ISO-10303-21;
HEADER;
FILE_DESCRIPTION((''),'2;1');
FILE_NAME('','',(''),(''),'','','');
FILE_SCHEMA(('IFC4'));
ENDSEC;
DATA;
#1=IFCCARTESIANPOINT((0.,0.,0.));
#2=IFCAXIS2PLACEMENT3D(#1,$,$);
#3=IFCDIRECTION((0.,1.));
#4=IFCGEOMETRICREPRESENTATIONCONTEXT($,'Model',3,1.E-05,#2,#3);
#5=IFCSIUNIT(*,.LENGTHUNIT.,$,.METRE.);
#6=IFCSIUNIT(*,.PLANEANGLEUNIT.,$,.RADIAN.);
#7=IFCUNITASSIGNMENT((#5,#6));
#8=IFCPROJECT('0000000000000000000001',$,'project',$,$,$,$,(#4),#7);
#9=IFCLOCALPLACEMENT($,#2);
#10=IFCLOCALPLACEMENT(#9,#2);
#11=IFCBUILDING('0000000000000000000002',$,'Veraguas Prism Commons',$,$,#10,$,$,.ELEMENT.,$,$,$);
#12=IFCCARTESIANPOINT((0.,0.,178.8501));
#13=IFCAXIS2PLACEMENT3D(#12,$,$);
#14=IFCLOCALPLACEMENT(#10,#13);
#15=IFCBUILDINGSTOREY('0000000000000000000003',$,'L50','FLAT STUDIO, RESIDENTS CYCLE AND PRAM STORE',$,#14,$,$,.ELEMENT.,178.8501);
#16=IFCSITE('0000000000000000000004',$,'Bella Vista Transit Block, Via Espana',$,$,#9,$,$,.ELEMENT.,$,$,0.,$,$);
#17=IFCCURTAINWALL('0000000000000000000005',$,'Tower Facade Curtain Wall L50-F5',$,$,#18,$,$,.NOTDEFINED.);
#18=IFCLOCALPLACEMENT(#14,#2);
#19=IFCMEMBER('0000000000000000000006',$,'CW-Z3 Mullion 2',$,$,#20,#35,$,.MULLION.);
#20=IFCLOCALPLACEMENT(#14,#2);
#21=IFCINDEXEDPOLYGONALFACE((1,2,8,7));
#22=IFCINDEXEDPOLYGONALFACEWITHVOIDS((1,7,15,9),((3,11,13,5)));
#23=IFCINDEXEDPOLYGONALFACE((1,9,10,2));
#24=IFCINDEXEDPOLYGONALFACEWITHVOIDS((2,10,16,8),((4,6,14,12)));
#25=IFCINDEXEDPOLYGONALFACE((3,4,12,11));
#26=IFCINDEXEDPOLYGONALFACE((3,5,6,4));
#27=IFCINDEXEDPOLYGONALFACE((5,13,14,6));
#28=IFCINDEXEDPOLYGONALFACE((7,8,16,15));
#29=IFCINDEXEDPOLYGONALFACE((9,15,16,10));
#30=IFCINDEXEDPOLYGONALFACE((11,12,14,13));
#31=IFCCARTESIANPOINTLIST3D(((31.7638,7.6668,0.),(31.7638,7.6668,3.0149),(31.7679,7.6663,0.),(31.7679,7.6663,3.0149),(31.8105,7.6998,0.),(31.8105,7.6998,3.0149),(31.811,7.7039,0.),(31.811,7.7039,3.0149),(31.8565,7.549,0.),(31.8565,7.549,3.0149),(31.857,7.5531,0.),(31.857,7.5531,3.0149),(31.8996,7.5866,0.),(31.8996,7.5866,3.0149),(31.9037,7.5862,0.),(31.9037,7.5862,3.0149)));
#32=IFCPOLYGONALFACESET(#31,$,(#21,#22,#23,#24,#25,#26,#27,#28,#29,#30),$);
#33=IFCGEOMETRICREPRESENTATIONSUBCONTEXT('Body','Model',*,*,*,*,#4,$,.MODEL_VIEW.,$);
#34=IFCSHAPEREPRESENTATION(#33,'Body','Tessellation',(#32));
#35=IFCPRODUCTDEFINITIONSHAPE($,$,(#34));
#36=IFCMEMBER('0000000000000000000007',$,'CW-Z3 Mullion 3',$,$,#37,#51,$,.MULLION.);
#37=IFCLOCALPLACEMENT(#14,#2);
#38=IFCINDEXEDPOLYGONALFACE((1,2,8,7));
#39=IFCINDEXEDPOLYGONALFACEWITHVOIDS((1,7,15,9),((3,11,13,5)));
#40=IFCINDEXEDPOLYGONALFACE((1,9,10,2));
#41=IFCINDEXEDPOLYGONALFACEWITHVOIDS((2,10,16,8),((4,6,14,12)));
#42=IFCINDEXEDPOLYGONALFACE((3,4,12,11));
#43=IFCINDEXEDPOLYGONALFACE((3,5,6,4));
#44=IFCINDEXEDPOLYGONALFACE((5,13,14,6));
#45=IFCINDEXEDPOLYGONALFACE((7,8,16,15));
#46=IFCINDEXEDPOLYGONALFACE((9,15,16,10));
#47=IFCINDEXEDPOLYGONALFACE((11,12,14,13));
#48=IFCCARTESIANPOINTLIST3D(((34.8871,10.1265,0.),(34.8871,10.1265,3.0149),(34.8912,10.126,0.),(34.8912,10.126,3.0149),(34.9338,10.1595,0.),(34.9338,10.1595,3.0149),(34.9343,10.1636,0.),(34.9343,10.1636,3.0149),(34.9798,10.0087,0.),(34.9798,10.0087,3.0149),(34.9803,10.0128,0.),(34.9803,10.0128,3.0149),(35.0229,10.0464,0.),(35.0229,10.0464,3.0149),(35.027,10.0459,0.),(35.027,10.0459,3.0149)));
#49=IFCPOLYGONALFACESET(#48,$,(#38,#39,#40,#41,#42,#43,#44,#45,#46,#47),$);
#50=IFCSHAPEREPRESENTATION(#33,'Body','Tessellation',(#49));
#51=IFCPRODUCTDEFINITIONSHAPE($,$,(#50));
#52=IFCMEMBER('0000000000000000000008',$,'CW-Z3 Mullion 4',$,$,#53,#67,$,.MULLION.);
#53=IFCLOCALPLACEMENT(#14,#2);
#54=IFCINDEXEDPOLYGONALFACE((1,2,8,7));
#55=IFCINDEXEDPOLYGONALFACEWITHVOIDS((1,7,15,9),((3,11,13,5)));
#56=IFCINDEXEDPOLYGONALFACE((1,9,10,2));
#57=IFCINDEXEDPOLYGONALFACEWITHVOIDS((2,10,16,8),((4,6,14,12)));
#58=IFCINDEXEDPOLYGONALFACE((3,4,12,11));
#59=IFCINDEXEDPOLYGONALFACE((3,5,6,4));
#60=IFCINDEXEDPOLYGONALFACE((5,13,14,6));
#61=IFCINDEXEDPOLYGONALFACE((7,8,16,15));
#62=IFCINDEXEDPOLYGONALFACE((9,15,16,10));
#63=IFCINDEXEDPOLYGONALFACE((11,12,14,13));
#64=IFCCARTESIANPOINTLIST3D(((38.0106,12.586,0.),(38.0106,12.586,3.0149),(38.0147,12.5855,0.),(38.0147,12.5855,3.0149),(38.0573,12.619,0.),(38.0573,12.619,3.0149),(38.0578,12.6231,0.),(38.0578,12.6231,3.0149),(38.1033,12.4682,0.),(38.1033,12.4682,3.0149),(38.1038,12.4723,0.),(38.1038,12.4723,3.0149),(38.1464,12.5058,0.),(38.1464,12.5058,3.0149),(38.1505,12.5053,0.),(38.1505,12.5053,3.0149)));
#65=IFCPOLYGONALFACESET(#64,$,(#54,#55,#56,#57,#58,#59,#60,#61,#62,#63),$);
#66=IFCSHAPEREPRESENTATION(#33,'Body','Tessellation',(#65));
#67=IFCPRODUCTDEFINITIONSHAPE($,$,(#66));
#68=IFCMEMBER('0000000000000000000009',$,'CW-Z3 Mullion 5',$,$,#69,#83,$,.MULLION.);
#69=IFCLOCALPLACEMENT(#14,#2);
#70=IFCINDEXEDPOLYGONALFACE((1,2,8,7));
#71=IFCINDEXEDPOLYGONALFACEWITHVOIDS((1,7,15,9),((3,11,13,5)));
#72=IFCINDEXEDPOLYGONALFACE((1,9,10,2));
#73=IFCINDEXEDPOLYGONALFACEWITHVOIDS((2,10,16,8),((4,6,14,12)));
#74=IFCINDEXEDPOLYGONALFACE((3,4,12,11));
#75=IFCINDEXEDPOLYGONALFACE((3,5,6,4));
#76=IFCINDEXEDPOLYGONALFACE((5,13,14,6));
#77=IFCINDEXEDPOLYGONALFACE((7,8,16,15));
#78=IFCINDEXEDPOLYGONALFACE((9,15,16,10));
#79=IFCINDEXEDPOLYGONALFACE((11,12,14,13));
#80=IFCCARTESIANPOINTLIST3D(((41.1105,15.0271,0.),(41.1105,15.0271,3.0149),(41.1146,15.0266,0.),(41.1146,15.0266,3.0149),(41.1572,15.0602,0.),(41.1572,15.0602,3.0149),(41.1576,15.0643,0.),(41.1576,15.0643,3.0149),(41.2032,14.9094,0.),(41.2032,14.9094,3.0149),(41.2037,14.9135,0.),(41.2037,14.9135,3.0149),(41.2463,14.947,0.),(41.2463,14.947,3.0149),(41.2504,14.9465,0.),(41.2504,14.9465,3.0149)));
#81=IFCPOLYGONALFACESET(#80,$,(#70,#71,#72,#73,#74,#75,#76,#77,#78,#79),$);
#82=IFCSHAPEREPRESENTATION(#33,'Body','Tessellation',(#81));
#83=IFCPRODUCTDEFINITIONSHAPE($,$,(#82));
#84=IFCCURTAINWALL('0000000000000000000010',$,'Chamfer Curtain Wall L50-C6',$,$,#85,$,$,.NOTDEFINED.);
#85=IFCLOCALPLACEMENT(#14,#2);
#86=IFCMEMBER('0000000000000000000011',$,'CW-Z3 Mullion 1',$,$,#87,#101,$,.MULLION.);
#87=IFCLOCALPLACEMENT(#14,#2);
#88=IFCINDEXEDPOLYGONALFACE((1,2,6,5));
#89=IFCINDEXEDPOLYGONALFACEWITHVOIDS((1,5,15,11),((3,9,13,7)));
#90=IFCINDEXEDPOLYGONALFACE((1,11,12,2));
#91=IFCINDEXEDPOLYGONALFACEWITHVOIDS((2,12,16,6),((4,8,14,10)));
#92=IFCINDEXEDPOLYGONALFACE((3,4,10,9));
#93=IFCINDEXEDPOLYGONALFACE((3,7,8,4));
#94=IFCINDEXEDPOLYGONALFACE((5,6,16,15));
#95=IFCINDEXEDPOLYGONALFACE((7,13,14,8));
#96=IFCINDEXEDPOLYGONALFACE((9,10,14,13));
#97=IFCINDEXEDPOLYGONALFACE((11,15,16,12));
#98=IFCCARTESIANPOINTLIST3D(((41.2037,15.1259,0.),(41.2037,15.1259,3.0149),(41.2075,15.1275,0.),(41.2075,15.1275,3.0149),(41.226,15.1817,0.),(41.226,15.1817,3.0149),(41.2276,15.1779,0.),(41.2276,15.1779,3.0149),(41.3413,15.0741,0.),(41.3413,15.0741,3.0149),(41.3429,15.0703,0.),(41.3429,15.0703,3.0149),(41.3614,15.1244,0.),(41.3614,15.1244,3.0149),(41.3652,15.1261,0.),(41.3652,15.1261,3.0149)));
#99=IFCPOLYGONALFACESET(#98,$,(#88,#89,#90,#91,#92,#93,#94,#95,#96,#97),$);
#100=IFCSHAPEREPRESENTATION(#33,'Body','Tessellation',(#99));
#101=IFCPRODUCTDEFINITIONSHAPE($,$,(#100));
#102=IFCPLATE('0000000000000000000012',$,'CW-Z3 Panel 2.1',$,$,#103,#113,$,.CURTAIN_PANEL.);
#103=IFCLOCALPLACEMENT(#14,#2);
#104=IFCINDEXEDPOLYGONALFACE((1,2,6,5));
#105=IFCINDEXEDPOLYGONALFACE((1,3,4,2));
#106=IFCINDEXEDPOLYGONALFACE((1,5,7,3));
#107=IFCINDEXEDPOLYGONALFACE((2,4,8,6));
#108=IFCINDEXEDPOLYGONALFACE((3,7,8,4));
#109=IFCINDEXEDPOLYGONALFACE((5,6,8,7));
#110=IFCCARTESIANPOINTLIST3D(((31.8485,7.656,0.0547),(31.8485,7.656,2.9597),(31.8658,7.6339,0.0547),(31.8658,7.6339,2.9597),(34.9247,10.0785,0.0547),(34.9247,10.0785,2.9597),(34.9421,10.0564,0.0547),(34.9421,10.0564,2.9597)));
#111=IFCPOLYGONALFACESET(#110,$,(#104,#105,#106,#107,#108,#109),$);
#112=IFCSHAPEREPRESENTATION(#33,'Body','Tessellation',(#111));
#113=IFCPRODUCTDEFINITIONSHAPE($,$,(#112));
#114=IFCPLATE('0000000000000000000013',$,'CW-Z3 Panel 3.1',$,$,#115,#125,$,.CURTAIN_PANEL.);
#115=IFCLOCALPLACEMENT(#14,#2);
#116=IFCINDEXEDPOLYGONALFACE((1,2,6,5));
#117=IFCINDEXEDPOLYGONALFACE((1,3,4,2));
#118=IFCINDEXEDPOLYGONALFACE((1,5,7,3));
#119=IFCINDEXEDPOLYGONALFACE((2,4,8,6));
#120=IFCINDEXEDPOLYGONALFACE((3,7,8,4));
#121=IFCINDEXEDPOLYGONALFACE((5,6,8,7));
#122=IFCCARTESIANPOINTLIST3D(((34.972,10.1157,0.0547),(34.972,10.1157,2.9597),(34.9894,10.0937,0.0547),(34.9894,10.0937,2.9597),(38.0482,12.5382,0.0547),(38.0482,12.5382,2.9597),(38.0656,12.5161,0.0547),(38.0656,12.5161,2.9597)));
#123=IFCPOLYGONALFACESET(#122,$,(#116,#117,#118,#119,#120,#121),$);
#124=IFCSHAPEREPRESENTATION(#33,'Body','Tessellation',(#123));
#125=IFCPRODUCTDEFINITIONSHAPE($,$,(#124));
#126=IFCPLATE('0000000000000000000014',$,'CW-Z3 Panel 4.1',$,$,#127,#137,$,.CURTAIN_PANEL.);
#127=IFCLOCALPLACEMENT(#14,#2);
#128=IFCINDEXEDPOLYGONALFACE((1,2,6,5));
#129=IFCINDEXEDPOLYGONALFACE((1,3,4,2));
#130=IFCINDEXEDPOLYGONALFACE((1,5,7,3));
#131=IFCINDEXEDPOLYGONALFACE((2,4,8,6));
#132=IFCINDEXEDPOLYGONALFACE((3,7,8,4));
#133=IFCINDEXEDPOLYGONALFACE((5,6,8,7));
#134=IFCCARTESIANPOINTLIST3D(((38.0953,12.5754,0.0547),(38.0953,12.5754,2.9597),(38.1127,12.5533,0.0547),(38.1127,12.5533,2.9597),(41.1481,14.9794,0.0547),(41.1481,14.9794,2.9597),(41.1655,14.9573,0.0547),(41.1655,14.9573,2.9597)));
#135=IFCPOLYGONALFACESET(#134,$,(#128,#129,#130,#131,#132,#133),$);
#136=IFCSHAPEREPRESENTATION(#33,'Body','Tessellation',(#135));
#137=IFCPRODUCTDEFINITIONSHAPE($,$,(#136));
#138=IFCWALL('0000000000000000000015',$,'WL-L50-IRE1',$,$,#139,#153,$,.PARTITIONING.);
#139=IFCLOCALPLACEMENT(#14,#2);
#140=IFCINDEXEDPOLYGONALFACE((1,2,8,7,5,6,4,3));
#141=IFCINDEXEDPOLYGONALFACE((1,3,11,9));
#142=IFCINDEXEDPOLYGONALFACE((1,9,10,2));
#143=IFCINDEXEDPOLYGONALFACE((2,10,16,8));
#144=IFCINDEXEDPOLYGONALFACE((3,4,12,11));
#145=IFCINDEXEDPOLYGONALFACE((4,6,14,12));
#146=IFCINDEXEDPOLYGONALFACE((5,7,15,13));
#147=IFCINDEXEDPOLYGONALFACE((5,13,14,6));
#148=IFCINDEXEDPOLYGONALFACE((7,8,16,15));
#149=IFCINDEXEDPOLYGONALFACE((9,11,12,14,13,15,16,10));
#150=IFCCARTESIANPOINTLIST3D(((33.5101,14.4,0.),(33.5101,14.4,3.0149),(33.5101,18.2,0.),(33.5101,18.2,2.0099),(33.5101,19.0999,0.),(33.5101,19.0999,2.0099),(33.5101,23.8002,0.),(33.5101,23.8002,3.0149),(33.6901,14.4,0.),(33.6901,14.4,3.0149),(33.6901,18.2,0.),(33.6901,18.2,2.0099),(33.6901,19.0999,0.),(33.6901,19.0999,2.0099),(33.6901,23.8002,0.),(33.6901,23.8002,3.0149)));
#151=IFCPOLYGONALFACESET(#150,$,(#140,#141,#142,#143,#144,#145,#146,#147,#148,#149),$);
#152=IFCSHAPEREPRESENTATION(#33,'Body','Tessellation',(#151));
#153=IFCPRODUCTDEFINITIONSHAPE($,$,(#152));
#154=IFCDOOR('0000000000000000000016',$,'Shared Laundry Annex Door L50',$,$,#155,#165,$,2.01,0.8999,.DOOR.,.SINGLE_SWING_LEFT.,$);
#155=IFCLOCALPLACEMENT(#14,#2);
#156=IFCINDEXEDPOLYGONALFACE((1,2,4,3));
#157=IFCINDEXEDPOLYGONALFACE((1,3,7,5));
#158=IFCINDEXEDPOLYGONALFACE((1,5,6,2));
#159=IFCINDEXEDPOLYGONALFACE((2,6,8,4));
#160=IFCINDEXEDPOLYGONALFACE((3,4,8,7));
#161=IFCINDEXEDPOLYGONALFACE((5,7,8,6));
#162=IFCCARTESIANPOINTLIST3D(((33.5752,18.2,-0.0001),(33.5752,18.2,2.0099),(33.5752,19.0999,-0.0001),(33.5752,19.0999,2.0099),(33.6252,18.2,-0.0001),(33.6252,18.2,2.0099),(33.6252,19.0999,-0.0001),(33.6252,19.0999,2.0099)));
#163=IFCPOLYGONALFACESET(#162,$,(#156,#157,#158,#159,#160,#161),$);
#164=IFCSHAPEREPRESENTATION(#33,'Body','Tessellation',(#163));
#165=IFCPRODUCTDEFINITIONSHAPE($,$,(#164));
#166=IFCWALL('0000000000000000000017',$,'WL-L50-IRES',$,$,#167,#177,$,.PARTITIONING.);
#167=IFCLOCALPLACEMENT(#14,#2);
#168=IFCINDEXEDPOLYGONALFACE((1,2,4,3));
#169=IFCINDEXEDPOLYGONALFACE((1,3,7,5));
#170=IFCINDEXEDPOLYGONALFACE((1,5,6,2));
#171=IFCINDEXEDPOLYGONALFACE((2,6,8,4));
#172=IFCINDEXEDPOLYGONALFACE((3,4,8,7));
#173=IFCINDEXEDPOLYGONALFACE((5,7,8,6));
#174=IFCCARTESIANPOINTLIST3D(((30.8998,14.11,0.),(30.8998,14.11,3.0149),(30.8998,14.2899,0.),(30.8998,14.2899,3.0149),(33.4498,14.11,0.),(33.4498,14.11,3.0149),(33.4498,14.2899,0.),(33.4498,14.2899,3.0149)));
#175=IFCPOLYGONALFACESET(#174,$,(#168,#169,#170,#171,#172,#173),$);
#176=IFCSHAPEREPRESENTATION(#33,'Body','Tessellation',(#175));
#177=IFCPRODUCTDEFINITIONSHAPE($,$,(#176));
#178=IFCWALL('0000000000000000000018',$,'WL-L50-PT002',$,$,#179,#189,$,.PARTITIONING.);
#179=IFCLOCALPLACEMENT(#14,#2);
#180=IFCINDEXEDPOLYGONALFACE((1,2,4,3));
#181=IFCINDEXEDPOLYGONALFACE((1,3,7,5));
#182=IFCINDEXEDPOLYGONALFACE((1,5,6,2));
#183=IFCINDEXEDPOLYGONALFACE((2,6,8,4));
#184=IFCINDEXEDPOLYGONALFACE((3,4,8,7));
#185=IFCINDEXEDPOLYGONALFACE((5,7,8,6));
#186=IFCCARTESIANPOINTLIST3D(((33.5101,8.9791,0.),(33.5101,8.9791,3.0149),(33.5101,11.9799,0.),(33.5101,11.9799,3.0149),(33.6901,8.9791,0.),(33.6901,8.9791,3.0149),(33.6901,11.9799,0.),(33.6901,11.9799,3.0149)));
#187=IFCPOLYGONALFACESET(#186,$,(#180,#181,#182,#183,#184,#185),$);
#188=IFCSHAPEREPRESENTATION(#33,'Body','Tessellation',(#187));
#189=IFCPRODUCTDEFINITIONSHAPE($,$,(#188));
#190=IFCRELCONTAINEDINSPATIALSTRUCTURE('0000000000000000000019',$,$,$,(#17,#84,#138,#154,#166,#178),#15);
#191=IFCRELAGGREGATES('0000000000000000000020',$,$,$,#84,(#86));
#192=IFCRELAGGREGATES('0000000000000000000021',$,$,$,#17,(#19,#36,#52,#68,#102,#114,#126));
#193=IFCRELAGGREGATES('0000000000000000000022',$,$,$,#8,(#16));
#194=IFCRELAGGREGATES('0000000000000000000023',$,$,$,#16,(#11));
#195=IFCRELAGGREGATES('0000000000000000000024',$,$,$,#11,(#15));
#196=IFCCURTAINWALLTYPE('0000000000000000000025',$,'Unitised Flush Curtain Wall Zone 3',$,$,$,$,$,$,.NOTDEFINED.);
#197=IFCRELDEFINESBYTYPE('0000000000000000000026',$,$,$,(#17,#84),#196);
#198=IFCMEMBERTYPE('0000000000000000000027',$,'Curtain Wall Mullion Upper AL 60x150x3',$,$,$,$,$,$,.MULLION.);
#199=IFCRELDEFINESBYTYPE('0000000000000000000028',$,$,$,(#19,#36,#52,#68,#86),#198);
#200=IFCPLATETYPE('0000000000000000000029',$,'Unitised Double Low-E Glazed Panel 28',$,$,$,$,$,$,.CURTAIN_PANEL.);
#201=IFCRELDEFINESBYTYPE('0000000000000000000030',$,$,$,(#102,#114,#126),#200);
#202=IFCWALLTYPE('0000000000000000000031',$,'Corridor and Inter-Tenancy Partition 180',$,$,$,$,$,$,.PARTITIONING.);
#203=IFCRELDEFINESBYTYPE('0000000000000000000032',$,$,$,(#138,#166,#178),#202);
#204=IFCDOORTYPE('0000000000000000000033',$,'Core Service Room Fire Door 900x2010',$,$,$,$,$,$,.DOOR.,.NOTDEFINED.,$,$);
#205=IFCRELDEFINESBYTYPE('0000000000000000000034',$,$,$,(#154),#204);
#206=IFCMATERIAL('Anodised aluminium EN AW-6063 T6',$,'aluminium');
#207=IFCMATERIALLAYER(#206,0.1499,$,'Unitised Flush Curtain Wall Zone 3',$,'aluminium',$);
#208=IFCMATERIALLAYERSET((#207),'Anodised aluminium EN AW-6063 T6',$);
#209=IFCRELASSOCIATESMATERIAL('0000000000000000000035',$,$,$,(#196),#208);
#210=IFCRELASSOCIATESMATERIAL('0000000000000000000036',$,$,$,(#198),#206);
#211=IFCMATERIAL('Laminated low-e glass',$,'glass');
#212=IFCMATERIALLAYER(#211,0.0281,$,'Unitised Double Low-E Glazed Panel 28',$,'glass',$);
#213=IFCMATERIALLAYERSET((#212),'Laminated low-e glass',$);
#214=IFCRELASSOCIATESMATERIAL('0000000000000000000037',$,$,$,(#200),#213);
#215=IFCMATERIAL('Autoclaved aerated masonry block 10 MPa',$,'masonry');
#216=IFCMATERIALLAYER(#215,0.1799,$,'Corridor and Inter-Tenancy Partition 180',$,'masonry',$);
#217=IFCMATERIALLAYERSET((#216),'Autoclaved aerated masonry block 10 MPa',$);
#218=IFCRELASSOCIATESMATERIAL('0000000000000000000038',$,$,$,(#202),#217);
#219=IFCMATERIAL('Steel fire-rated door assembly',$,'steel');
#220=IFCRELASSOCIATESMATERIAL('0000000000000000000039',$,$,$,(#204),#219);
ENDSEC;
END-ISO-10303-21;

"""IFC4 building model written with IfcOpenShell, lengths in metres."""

from ifc_helpers import new_model, si_unit, direction, frame, frame_2d, origin, origin_2d, place, context, subcontext, project, spatial, rectangle, hollow_rectangle, extrude, source, transform, mapped, material, layer, layer_set, material_profile, profile_set, type_object, element, fill, aggregate, save


model = new_model("IFC4")

# Units and contexts
model_context = context("Model", 3, precision=1e-05, world=origin(), true_north=direction((0.0, 1.0)))
body_context = subcontext(model_context, "Body", "Model", "MODEL_VIEW")
ifc_project = project(units=[si_unit("LENGTHUNIT", "METRE"), si_unit("PLANEANGLEUNIT", "RADIAN")], contexts=[model_context])

# Site, building, storey
site_placement = place(None, origin())
site = spatial("IfcSite", under=ifc_project, at=site_placement, Name="Bella Vista Transit Block, Via Espana", CompositionType="ELEMENT", RefElevation=0.0)
building_placement = place(site_placement, origin())
building = spatial("IfcBuilding", under=site, at=building_placement, Name="Veraguas Prism Commons", CompositionType="ELEMENT")
storey_placement = place(building_placement, frame((0.0, 0.0, 178.8501)))
storey = spatial("IfcBuildingStorey", under=building, at=storey_placement, Name="L50", Description="FLAT STUDIO, RESIDENTS CYCLE AND PRAM STORE", CompositionType="ELEMENT", Elevation=178.8501)

# Curtain wall, members
ifc_material_1 = material(Name="Anodised aluminium EN AW-6063 T6", Category="aluminium")
ifc_layer_1 = layer(ifc_material_1, 0.1499, Name="Unitised Flush Curtain Wall Zone 3", Category="aluminium")
ifc_layer_set_1 = layer_set([ifc_layer_1], Name="Anodised aluminium EN AW-6063 T6")
curtain_wall_type = type_object("IfcCurtainWallType", Name="Unitised Flush Curtain Wall Zone 3", PredefinedType="NOTDEFINED", material=ifc_layer_set_1)
curtain_wall_1_placement = place(storey_placement, origin())
curtain_wall_1 = element("IfcCurtainWall", 1, at=curtain_wall_1_placement, inside=storey, type_object=curtain_wall_type, Name="Tower Facade Curtain Wall L50-F5", PredefinedType="NOTDEFINED")
ifc_material_profile_1 = material_profile(ifc_material_1, hollow_rectangle(XDim=0.0601, YDim=0.1499, WallThickness=0.0029, at=origin_2d()), Name="AL60X150X3")
ifc_profile_set_1 = profile_set([ifc_material_profile_1], Name="Anodised aluminium EN AW-6063 T6")
member_type = type_object("IfcMemberType", Name="Curtain Wall Mullion Upper AL 60x150x3", PredefinedType="MULLION", material=ifc_profile_set_1)
shared_shape_1 = source(origin(), body_context, "Body", "SweptSolid", [
    extrude(hollow_rectangle(XDim=0.0601, YDim=0.1499, WallThickness=0.0029, at=origin_2d()), origin(), (0.0, 0.0, 1.0), 3.0149),
])
member_1_placement = place(storey_placement, frame((31.8337, 7.6265, 0.0), z_axis=(0.0, 0.0, 1.0), x_axis=(0.785642, 0.618681, 0.0)))
member_1 = element("IfcMember", 2, at=member_1_placement, type_object=member_type, Name="CW-Z3 Mullion 2", PredefinedType="MULLION", context=body_context, shape_type="MappedRepresentation", body=[
    mapped(shared_shape_1, transform((0.0, 0.0, 0.0), scale=1.0)),
])
member_2_placement = place(storey_placement, frame((34.957, 10.0862, 0.0), z_axis=(0.0, 0.0, 1.0), x_axis=(0.785642, 0.618681, 0.0)))
member_2 = element("IfcMember", 3, at=member_2_placement, type_object=member_type, Name="CW-Z3 Mullion 3", PredefinedType="MULLION", context=body_context, shape_type="MappedRepresentation", body=[
    mapped(shared_shape_1, transform((0.0, 0.0, 0.0), scale=1.0)),
])
member_3_placement = place(storey_placement, frame((38.0806, 12.5457, 0.0), z_axis=(0.0, 0.0, 1.0), x_axis=(0.785642, 0.618681, 0.0)))
member_3 = element("IfcMember", 4, at=member_3_placement, type_object=member_type, Name="CW-Z3 Mullion 4", PredefinedType="MULLION", context=body_context, shape_type="MappedRepresentation", body=[
    mapped(shared_shape_1, transform((0.0, 0.0, 0.0), scale=1.0)),
])
member_4_placement = place(storey_placement, frame((41.1804, 14.9868, 0.0), z_axis=(0.0, 0.0, 1.0), x_axis=(0.785642, 0.618681, 0.0)))
member_4 = element("IfcMember", 5, at=member_4_placement, type_object=member_type, Name="CW-Z3 Mullion 5", PredefinedType="MULLION", context=body_context, shape_type="MappedRepresentation", body=[
    mapped(shared_shape_1, transform((0.0, 0.0, 0.0), scale=1.0)),
])

# Curtain wall, member
curtain_wall_2_placement = place(storey_placement, origin())
curtain_wall_2 = element("IfcCurtainWall", 6, at=curtain_wall_2_placement, inside=storey, type_object=curtain_wall_type, Name="Chamfer Curtain Wall L50-C6", PredefinedType="NOTDEFINED")
member_5_placement = place(storey_placement, frame((41.2844, 15.126, 0.0), z_axis=(0.0, 0.0, 1.0), x_axis=(0.371015, 0.928627, 0.0)))
member_5 = element("IfcMember", 7, at=member_5_placement, type_object=member_type, Name="CW-Z3 Mullion 1", PredefinedType="MULLION", context=body_context, shape_type="MappedRepresentation", body=[
    mapped(shared_shape_1, transform((0.0, 0.0, 0.0), scale=1.0)),
])
aggregate(curtain_wall_2, [member_5])

# Plates
ifc_material_2 = material(Name="Laminated low-e glass", Category="glass")
ifc_layer_2 = layer(ifc_material_2, 0.0281, Name="Unitised Double Low-E Glazed Panel 28", Category="glass")
ifc_layer_set_2 = layer_set([ifc_layer_2], Name="Laminated low-e glass")
plate_type = type_object("IfcPlateType", Name="Unitised Double Low-E Glazed Panel 28", PredefinedType="CURTAIN_PANEL", material=ifc_layer_set_2)
shared_shape_2 = source(origin(), body_context, "Body", "SweptSolid", [
    extrude(rectangle(XDim=3.9155, YDim=0.0281, at=origin_2d()), origin(), (0.0, 0.0, 1.0), 2.905),
])
plate_1_placement = place(storey_placement, frame((33.3953, 8.8562, 0.0547), z_axis=(0.0, 0.0, 1.0), x_axis=(0.785642, 0.618681, 0.0)))
plate_1 = element("IfcPlate", 8, at=plate_1_placement, type_object=plate_type, Name="CW-Z3 Panel 2.1", PredefinedType="CURTAIN_PANEL", context=body_context, shape_type="MappedRepresentation", body=[
    mapped(shared_shape_2, transform((0.0, 0.0, 0.0), scale=1.0)),
])
plate_2_placement = place(storey_placement, frame((36.5188, 11.3159, 0.0547), z_axis=(0.0, 0.0, 1.0), x_axis=(0.785642, 0.618681, 0.0)))
plate_2 = element("IfcPlate", 9, at=plate_2_placement, type_object=plate_type, Name="CW-Z3 Panel 3.1", PredefinedType="CURTAIN_PANEL", context=body_context, shape_type="MappedRepresentation", body=[
    mapped(shared_shape_2, transform((0.0, 0.0, 0.0), scale=1.0)),
])
shared_shape_3 = source(origin(), body_context, "Body", "SweptSolid", [
    extrude(rectangle(XDim=3.8857, YDim=0.0281, at=origin_2d()), origin(), (0.0, 0.0, 1.0), 2.905),
])
plate_3_placement = place(storey_placement, frame((39.6304, 13.7664, 0.0547), z_axis=(0.0, 0.0, 1.0), x_axis=(0.785642, 0.618681, 0.0)))
plate_3 = element("IfcPlate", 10, at=plate_3_placement, type_object=plate_type, Name="CW-Z3 Panel 4.1", PredefinedType="CURTAIN_PANEL", context=body_context, shape_type="MappedRepresentation", body=[
    mapped(shared_shape_3, transform((0.0, 0.0, 0.0), scale=1.0)),
])
aggregate(curtain_wall_1, [member_1, member_2, member_3, member_4, plate_1, plate_2, plate_3])

# Wall, opening, door
ifc_material_3 = material(Name="Autoclaved aerated masonry block 10 MPa", Category="masonry")
ifc_layer_3 = layer(ifc_material_3, 0.1799, Name="Corridor and Inter-Tenancy Partition 180", Category="masonry")
ifc_layer_set_3 = layer_set([ifc_layer_3], Name="Autoclaved aerated masonry block 10 MPa")
wall_type = type_object("IfcWallType", Name="Corridor and Inter-Tenancy Partition 180", PredefinedType="PARTITIONING", material=ifc_layer_set_3)
wall_1_placement = place(storey_placement, frame((33.6001, 14.3999, 0.0), z_axis=(0.0, 0.0, 1.0), x_axis=(0.0, 1.0, 0.0)))
wall_1 = element("IfcWall", 11, at=wall_1_placement, inside=storey, type_object=wall_type, Name="WL-L50-IRE1", PredefinedType="PARTITIONING", context=body_context, shape_type="SweptSolid", body=[
    extrude(rectangle(XDim=9.4001, YDim=0.1799, at=frame_2d((4.7002, 0.0))), origin(), (0.0, 0.0, 1.0), 3.0149),
])
opening_1_placement = place(wall_1_placement, frame((3.8, 0.0, 0.0)))
opening_1 = element("IfcOpeningElement", 12, at=opening_1_placement, cuts=wall_1, PredefinedType="OPENING", context=body_context, shape_type="SweptSolid", body=[
    extrude(rectangle(XDim=0.8999, YDim=2.01, at=frame_2d((0.45, 1.0049))), frame((0.0, 0.0999, 0.0), z_axis=(0.0, -1.0, 0.0), x_axis=(1.0, 0.0, 0.0)), (0.0, 0.0, 1.0), 0.2),
])
ifc_material_4 = material(Name="Steel fire-rated door assembly", Category="steel")
door_type_1 = type_object("IfcDoorType", Name="Core Service Room Fire Door 900x2010", OperationType="NOTDEFINED", PredefinedType="DOOR", material=ifc_material_4)
shared_shape_4 = source(origin(), body_context, "Body", "SweptSolid", [
    extrude(rectangle(XDim=0.8999, YDim=2.01, at=frame_2d((0.45, 1.0049))), frame((0.0, 0.0249, 0.0), z_axis=(0.0, -1.0, 0.0), x_axis=(1.0, 0.0, 0.0)), (0.0, 0.0, 1.0), 0.05),
])
door_1_placement = place(opening_1_placement, origin())
door_1 = element("IfcDoor", 13, at=door_1_placement, inside=storey, type_object=door_type_1, Name="Shared Laundry Annex Door L50", OperationType="SINGLE_SWING_LEFT", OverallHeight=2.01, OverallWidth=0.8999, PredefinedType="DOOR", context=body_context, shape_type="MappedRepresentation", body=[
    mapped(shared_shape_4, transform((0.0, 0.0, 0.0), scale=1.0)),
])
fill(opening_1, door_1)

# Walls
wall_2_placement = place(storey_placement, frame((30.8999, 14.2, 0.0), z_axis=(0.0, 0.0, 1.0), x_axis=(1.0, 0.0, 0.0)))
element("IfcWall", 14, at=wall_2_placement, inside=storey, type_object=wall_type, Name="WL-L50-IRES", PredefinedType="PARTITIONING", context=body_context, shape_type="SweptSolid", body=[
    extrude(rectangle(XDim=2.55, YDim=0.1799, at=frame_2d((1.2749, 0.0))), origin(), (0.0, 0.0, 1.0), 3.0149),
])
wall_3_placement = place(storey_placement, frame((33.6001, 11.98, 0.0), z_axis=(0.0, 0.0, 1.0), x_axis=(0.0, -1.0, 0.0)))
element("IfcWall", 15, at=wall_3_placement, inside=storey, type_object=wall_type, Name="WL-L50-PT002", PredefinedType="PARTITIONING", context=body_context, shape_type="SweptSolid", body=[
    extrude(rectangle(XDim=3.0007, YDim=0.1799, at=frame_2d((1.5005, 0.0))), origin(), (0.0, 0.0, 1.0), 3.0149),
])

save(model, "model.ifc")
